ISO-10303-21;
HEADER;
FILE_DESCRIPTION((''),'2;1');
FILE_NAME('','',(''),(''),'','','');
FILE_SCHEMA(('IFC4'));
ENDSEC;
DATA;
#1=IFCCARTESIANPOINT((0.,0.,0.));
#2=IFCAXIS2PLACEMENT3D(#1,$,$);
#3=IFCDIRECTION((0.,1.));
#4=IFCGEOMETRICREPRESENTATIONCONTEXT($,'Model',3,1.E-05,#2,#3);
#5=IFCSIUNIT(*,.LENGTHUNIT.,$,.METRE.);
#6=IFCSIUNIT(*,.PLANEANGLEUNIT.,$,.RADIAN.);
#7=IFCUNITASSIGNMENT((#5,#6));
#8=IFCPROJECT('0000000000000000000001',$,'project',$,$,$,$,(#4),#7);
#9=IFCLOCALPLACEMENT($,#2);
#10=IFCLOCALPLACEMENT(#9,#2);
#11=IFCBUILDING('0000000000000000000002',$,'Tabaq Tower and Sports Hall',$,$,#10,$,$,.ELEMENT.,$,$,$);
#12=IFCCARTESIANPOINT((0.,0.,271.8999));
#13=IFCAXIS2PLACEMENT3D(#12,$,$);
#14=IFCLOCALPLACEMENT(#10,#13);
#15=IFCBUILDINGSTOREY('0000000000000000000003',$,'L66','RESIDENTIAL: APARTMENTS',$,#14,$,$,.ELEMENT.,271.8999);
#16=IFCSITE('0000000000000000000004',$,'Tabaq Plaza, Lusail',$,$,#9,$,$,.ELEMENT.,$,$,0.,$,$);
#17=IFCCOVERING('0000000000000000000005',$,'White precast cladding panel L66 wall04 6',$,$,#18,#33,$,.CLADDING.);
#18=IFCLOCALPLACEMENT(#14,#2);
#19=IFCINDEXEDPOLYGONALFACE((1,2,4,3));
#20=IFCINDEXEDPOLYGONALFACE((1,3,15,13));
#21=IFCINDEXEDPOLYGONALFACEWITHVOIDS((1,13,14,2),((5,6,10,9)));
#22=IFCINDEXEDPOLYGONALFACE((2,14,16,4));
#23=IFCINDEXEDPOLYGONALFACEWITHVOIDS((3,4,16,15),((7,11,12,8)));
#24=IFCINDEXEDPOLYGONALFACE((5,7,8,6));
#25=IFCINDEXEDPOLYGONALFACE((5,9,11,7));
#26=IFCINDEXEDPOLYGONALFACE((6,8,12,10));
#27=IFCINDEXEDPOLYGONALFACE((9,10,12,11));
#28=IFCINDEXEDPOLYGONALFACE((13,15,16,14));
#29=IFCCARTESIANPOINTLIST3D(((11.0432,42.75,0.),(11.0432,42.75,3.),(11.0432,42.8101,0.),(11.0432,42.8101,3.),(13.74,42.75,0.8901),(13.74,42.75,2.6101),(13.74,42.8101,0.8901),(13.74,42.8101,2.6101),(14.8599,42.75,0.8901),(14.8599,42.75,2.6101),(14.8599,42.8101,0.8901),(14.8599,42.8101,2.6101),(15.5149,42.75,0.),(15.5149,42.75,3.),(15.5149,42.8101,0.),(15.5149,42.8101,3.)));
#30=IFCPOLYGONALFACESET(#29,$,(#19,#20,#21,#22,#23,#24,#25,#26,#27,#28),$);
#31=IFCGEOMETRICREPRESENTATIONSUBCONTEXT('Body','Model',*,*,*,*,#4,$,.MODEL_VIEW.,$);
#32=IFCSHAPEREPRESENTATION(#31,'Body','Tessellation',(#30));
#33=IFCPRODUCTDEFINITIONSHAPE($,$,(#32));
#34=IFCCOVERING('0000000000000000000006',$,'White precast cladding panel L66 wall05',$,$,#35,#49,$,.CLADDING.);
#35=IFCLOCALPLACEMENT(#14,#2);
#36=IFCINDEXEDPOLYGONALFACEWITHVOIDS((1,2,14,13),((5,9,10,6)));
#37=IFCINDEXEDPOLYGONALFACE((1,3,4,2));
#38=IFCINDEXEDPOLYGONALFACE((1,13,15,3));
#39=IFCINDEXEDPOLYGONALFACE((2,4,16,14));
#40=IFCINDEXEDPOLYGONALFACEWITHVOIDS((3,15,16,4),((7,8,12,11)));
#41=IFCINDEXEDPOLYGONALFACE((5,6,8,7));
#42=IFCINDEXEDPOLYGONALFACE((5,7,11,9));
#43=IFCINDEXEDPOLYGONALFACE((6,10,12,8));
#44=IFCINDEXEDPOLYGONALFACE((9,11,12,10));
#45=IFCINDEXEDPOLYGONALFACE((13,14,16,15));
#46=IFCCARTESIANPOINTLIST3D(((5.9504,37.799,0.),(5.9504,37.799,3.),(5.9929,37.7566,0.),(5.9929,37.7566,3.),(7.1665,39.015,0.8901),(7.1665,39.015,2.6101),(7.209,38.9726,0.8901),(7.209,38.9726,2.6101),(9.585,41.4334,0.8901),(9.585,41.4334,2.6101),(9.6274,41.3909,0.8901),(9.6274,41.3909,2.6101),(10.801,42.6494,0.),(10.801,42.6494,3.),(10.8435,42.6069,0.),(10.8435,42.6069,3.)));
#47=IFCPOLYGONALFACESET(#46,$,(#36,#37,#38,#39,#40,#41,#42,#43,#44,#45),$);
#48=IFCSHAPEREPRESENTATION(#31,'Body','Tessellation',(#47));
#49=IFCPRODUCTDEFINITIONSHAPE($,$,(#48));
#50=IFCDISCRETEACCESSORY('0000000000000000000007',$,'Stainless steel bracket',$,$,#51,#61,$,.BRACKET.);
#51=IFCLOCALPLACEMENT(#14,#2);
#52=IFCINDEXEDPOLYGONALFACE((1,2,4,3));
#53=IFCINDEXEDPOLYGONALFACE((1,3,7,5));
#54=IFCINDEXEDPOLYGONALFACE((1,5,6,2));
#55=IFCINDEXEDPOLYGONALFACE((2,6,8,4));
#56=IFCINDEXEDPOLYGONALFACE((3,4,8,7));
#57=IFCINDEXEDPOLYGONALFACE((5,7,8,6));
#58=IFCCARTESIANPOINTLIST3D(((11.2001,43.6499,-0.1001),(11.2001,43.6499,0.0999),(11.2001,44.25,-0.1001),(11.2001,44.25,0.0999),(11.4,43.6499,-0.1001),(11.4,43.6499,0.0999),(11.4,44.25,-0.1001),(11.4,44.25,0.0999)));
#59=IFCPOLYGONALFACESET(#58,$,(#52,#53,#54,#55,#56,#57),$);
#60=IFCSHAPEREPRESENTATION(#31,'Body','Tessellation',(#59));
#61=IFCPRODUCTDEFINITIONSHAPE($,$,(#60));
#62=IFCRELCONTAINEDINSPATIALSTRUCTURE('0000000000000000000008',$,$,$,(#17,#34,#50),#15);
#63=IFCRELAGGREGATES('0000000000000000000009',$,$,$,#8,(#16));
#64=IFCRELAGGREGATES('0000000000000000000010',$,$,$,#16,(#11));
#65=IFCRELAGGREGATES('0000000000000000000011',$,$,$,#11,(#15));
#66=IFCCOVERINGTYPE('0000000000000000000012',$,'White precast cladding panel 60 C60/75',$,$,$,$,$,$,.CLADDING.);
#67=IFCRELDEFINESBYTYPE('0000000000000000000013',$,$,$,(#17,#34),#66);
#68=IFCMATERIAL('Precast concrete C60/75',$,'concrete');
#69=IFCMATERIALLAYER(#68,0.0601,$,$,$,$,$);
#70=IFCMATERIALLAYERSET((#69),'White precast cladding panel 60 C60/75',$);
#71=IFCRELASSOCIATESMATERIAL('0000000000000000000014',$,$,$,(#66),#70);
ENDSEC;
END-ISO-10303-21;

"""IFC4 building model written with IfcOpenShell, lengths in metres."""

from ifc_helpers import new_model, si_unit, direction, frame, origin, origin_2d, place, context, subcontext, project, spatial, polyline, rectangle, outline, extrude, material, layer, layer_set, type_object, element, save


model = new_model("IFC4")

# Units and contexts
model_context = context("Model", 3, precision=1e-05, world=origin(), true_north=direction((0.0, 1.0)))
body_context = subcontext(model_context, "Body", "Model", "MODEL_VIEW")
ifc_project = project(units=[si_unit("LENGTHUNIT", "METRE"), si_unit("PLANEANGLEUNIT", "RADIAN")], contexts=[model_context])

# Site, building, storey
site_placement = place(None, origin())
site = spatial("IfcSite", under=ifc_project, at=site_placement, Name="Tabaq Plaza, Lusail", CompositionType="ELEMENT", RefElevation=0.0)
building_placement = place(site_placement, origin())
building = spatial("IfcBuilding", under=site, at=building_placement, Name="Tabaq Tower and Sports Hall", CompositionType="ELEMENT")
storey_placement = place(building_placement, frame((0.0, 0.0, 271.8999)))
storey = spatial("IfcBuildingStorey", under=building, at=storey_placement, Name="L66", Description="RESIDENTIAL: APARTMENTS", CompositionType="ELEMENT", Elevation=271.8999)

# Coverings
ifc_material_1 = material(Name="Precast concrete C60/75", Category="concrete")
ifc_layer_1 = layer(ifc_material_1, 0.0601)
ifc_layer_set_1 = layer_set([ifc_layer_1], Name="White precast cladding panel 60 C60/75")
covering_type = type_object("IfcCoveringType", Name="White precast cladding panel 60 C60/75", PredefinedType="CLADDING", material=ifc_layer_set_1)
covering_1_placement = place(storey_placement, frame((15.5149, 42.78, 0.0), z_axis=(0.0, 0.0, 1.0), x_axis=(-1.0, 0.0, 0.0)))
element("IfcCovering", 1, at=covering_1_placement, inside=storey, type_object=covering_type, Name="White precast cladding panel L66 wall04 6", PredefinedType="CLADDING", context=body_context, shape_type="SweptSolid", body=[
    extrude(outline(polyline([(0.0, 0.0), (4.4717, 0.0), (4.4717, 3.0), (0.0, 3.0), (0.0, 0.0)]), holes=[polyline([(0.655, 0.8901), (0.655, 2.6101), (1.7749, 2.6101), (1.7749, 0.8901), (0.655, 0.8901)])]), frame((0.0, 0.03, 0.0), z_axis=(0.0, -1.0, 0.0), x_axis=(1.0, 0.0, 0.0)), (0.0, 0.0, 1.0), 0.0601),
])
covering_2_placement = place(storey_placement, frame((10.8223, 42.6282, 0.0), z_axis=(0.0, 0.0, 1.0), x_axis=(-0.707125, -0.707089, 0.0)))
element("IfcCovering", 2, at=covering_2_placement, inside=storey, type_object=covering_type, Name="White precast cladding panel L66 wall05", PredefinedType="CLADDING", context=body_context, shape_type="SweptSolid", body=[
    extrude(outline(polyline([(0.0, 0.0), (6.8596, 0.0), (6.8596, 3.0), (0.0, 3.0), (0.0, 0.0)]), holes=[polyline([(1.7197, 0.8901), (1.7197, 2.6101), (5.1399, 2.6101), (5.1399, 0.8901), (1.7197, 0.8901)])]), frame((0.0, 0.03, 0.0), z_axis=(0.0, -1.0, 0.0), x_axis=(1.0, 0.0, 0.0)), (0.0, 0.0, 1.0), 0.0601),
])

# Discrete accessory
discrete_accessory_placement = place(storey_placement, frame((11.3, 43.95, -0.1001), z_axis=(0.0, 0.0, 1.0), x_axis=(0.0, 1.0, 0.0)))
element("IfcDiscreteAccessory", 3, at=discrete_accessory_placement, inside=storey, Name="Stainless steel bracket", PredefinedType="BRACKET", context=body_context, shape_type="SweptSolid", body=[
    extrude(rectangle(XDim=0.6001, YDim=0.2, at=origin_2d()), origin(), (0.0, 0.0, 1.0), 0.2),
])

save(model, "model.ifc")
